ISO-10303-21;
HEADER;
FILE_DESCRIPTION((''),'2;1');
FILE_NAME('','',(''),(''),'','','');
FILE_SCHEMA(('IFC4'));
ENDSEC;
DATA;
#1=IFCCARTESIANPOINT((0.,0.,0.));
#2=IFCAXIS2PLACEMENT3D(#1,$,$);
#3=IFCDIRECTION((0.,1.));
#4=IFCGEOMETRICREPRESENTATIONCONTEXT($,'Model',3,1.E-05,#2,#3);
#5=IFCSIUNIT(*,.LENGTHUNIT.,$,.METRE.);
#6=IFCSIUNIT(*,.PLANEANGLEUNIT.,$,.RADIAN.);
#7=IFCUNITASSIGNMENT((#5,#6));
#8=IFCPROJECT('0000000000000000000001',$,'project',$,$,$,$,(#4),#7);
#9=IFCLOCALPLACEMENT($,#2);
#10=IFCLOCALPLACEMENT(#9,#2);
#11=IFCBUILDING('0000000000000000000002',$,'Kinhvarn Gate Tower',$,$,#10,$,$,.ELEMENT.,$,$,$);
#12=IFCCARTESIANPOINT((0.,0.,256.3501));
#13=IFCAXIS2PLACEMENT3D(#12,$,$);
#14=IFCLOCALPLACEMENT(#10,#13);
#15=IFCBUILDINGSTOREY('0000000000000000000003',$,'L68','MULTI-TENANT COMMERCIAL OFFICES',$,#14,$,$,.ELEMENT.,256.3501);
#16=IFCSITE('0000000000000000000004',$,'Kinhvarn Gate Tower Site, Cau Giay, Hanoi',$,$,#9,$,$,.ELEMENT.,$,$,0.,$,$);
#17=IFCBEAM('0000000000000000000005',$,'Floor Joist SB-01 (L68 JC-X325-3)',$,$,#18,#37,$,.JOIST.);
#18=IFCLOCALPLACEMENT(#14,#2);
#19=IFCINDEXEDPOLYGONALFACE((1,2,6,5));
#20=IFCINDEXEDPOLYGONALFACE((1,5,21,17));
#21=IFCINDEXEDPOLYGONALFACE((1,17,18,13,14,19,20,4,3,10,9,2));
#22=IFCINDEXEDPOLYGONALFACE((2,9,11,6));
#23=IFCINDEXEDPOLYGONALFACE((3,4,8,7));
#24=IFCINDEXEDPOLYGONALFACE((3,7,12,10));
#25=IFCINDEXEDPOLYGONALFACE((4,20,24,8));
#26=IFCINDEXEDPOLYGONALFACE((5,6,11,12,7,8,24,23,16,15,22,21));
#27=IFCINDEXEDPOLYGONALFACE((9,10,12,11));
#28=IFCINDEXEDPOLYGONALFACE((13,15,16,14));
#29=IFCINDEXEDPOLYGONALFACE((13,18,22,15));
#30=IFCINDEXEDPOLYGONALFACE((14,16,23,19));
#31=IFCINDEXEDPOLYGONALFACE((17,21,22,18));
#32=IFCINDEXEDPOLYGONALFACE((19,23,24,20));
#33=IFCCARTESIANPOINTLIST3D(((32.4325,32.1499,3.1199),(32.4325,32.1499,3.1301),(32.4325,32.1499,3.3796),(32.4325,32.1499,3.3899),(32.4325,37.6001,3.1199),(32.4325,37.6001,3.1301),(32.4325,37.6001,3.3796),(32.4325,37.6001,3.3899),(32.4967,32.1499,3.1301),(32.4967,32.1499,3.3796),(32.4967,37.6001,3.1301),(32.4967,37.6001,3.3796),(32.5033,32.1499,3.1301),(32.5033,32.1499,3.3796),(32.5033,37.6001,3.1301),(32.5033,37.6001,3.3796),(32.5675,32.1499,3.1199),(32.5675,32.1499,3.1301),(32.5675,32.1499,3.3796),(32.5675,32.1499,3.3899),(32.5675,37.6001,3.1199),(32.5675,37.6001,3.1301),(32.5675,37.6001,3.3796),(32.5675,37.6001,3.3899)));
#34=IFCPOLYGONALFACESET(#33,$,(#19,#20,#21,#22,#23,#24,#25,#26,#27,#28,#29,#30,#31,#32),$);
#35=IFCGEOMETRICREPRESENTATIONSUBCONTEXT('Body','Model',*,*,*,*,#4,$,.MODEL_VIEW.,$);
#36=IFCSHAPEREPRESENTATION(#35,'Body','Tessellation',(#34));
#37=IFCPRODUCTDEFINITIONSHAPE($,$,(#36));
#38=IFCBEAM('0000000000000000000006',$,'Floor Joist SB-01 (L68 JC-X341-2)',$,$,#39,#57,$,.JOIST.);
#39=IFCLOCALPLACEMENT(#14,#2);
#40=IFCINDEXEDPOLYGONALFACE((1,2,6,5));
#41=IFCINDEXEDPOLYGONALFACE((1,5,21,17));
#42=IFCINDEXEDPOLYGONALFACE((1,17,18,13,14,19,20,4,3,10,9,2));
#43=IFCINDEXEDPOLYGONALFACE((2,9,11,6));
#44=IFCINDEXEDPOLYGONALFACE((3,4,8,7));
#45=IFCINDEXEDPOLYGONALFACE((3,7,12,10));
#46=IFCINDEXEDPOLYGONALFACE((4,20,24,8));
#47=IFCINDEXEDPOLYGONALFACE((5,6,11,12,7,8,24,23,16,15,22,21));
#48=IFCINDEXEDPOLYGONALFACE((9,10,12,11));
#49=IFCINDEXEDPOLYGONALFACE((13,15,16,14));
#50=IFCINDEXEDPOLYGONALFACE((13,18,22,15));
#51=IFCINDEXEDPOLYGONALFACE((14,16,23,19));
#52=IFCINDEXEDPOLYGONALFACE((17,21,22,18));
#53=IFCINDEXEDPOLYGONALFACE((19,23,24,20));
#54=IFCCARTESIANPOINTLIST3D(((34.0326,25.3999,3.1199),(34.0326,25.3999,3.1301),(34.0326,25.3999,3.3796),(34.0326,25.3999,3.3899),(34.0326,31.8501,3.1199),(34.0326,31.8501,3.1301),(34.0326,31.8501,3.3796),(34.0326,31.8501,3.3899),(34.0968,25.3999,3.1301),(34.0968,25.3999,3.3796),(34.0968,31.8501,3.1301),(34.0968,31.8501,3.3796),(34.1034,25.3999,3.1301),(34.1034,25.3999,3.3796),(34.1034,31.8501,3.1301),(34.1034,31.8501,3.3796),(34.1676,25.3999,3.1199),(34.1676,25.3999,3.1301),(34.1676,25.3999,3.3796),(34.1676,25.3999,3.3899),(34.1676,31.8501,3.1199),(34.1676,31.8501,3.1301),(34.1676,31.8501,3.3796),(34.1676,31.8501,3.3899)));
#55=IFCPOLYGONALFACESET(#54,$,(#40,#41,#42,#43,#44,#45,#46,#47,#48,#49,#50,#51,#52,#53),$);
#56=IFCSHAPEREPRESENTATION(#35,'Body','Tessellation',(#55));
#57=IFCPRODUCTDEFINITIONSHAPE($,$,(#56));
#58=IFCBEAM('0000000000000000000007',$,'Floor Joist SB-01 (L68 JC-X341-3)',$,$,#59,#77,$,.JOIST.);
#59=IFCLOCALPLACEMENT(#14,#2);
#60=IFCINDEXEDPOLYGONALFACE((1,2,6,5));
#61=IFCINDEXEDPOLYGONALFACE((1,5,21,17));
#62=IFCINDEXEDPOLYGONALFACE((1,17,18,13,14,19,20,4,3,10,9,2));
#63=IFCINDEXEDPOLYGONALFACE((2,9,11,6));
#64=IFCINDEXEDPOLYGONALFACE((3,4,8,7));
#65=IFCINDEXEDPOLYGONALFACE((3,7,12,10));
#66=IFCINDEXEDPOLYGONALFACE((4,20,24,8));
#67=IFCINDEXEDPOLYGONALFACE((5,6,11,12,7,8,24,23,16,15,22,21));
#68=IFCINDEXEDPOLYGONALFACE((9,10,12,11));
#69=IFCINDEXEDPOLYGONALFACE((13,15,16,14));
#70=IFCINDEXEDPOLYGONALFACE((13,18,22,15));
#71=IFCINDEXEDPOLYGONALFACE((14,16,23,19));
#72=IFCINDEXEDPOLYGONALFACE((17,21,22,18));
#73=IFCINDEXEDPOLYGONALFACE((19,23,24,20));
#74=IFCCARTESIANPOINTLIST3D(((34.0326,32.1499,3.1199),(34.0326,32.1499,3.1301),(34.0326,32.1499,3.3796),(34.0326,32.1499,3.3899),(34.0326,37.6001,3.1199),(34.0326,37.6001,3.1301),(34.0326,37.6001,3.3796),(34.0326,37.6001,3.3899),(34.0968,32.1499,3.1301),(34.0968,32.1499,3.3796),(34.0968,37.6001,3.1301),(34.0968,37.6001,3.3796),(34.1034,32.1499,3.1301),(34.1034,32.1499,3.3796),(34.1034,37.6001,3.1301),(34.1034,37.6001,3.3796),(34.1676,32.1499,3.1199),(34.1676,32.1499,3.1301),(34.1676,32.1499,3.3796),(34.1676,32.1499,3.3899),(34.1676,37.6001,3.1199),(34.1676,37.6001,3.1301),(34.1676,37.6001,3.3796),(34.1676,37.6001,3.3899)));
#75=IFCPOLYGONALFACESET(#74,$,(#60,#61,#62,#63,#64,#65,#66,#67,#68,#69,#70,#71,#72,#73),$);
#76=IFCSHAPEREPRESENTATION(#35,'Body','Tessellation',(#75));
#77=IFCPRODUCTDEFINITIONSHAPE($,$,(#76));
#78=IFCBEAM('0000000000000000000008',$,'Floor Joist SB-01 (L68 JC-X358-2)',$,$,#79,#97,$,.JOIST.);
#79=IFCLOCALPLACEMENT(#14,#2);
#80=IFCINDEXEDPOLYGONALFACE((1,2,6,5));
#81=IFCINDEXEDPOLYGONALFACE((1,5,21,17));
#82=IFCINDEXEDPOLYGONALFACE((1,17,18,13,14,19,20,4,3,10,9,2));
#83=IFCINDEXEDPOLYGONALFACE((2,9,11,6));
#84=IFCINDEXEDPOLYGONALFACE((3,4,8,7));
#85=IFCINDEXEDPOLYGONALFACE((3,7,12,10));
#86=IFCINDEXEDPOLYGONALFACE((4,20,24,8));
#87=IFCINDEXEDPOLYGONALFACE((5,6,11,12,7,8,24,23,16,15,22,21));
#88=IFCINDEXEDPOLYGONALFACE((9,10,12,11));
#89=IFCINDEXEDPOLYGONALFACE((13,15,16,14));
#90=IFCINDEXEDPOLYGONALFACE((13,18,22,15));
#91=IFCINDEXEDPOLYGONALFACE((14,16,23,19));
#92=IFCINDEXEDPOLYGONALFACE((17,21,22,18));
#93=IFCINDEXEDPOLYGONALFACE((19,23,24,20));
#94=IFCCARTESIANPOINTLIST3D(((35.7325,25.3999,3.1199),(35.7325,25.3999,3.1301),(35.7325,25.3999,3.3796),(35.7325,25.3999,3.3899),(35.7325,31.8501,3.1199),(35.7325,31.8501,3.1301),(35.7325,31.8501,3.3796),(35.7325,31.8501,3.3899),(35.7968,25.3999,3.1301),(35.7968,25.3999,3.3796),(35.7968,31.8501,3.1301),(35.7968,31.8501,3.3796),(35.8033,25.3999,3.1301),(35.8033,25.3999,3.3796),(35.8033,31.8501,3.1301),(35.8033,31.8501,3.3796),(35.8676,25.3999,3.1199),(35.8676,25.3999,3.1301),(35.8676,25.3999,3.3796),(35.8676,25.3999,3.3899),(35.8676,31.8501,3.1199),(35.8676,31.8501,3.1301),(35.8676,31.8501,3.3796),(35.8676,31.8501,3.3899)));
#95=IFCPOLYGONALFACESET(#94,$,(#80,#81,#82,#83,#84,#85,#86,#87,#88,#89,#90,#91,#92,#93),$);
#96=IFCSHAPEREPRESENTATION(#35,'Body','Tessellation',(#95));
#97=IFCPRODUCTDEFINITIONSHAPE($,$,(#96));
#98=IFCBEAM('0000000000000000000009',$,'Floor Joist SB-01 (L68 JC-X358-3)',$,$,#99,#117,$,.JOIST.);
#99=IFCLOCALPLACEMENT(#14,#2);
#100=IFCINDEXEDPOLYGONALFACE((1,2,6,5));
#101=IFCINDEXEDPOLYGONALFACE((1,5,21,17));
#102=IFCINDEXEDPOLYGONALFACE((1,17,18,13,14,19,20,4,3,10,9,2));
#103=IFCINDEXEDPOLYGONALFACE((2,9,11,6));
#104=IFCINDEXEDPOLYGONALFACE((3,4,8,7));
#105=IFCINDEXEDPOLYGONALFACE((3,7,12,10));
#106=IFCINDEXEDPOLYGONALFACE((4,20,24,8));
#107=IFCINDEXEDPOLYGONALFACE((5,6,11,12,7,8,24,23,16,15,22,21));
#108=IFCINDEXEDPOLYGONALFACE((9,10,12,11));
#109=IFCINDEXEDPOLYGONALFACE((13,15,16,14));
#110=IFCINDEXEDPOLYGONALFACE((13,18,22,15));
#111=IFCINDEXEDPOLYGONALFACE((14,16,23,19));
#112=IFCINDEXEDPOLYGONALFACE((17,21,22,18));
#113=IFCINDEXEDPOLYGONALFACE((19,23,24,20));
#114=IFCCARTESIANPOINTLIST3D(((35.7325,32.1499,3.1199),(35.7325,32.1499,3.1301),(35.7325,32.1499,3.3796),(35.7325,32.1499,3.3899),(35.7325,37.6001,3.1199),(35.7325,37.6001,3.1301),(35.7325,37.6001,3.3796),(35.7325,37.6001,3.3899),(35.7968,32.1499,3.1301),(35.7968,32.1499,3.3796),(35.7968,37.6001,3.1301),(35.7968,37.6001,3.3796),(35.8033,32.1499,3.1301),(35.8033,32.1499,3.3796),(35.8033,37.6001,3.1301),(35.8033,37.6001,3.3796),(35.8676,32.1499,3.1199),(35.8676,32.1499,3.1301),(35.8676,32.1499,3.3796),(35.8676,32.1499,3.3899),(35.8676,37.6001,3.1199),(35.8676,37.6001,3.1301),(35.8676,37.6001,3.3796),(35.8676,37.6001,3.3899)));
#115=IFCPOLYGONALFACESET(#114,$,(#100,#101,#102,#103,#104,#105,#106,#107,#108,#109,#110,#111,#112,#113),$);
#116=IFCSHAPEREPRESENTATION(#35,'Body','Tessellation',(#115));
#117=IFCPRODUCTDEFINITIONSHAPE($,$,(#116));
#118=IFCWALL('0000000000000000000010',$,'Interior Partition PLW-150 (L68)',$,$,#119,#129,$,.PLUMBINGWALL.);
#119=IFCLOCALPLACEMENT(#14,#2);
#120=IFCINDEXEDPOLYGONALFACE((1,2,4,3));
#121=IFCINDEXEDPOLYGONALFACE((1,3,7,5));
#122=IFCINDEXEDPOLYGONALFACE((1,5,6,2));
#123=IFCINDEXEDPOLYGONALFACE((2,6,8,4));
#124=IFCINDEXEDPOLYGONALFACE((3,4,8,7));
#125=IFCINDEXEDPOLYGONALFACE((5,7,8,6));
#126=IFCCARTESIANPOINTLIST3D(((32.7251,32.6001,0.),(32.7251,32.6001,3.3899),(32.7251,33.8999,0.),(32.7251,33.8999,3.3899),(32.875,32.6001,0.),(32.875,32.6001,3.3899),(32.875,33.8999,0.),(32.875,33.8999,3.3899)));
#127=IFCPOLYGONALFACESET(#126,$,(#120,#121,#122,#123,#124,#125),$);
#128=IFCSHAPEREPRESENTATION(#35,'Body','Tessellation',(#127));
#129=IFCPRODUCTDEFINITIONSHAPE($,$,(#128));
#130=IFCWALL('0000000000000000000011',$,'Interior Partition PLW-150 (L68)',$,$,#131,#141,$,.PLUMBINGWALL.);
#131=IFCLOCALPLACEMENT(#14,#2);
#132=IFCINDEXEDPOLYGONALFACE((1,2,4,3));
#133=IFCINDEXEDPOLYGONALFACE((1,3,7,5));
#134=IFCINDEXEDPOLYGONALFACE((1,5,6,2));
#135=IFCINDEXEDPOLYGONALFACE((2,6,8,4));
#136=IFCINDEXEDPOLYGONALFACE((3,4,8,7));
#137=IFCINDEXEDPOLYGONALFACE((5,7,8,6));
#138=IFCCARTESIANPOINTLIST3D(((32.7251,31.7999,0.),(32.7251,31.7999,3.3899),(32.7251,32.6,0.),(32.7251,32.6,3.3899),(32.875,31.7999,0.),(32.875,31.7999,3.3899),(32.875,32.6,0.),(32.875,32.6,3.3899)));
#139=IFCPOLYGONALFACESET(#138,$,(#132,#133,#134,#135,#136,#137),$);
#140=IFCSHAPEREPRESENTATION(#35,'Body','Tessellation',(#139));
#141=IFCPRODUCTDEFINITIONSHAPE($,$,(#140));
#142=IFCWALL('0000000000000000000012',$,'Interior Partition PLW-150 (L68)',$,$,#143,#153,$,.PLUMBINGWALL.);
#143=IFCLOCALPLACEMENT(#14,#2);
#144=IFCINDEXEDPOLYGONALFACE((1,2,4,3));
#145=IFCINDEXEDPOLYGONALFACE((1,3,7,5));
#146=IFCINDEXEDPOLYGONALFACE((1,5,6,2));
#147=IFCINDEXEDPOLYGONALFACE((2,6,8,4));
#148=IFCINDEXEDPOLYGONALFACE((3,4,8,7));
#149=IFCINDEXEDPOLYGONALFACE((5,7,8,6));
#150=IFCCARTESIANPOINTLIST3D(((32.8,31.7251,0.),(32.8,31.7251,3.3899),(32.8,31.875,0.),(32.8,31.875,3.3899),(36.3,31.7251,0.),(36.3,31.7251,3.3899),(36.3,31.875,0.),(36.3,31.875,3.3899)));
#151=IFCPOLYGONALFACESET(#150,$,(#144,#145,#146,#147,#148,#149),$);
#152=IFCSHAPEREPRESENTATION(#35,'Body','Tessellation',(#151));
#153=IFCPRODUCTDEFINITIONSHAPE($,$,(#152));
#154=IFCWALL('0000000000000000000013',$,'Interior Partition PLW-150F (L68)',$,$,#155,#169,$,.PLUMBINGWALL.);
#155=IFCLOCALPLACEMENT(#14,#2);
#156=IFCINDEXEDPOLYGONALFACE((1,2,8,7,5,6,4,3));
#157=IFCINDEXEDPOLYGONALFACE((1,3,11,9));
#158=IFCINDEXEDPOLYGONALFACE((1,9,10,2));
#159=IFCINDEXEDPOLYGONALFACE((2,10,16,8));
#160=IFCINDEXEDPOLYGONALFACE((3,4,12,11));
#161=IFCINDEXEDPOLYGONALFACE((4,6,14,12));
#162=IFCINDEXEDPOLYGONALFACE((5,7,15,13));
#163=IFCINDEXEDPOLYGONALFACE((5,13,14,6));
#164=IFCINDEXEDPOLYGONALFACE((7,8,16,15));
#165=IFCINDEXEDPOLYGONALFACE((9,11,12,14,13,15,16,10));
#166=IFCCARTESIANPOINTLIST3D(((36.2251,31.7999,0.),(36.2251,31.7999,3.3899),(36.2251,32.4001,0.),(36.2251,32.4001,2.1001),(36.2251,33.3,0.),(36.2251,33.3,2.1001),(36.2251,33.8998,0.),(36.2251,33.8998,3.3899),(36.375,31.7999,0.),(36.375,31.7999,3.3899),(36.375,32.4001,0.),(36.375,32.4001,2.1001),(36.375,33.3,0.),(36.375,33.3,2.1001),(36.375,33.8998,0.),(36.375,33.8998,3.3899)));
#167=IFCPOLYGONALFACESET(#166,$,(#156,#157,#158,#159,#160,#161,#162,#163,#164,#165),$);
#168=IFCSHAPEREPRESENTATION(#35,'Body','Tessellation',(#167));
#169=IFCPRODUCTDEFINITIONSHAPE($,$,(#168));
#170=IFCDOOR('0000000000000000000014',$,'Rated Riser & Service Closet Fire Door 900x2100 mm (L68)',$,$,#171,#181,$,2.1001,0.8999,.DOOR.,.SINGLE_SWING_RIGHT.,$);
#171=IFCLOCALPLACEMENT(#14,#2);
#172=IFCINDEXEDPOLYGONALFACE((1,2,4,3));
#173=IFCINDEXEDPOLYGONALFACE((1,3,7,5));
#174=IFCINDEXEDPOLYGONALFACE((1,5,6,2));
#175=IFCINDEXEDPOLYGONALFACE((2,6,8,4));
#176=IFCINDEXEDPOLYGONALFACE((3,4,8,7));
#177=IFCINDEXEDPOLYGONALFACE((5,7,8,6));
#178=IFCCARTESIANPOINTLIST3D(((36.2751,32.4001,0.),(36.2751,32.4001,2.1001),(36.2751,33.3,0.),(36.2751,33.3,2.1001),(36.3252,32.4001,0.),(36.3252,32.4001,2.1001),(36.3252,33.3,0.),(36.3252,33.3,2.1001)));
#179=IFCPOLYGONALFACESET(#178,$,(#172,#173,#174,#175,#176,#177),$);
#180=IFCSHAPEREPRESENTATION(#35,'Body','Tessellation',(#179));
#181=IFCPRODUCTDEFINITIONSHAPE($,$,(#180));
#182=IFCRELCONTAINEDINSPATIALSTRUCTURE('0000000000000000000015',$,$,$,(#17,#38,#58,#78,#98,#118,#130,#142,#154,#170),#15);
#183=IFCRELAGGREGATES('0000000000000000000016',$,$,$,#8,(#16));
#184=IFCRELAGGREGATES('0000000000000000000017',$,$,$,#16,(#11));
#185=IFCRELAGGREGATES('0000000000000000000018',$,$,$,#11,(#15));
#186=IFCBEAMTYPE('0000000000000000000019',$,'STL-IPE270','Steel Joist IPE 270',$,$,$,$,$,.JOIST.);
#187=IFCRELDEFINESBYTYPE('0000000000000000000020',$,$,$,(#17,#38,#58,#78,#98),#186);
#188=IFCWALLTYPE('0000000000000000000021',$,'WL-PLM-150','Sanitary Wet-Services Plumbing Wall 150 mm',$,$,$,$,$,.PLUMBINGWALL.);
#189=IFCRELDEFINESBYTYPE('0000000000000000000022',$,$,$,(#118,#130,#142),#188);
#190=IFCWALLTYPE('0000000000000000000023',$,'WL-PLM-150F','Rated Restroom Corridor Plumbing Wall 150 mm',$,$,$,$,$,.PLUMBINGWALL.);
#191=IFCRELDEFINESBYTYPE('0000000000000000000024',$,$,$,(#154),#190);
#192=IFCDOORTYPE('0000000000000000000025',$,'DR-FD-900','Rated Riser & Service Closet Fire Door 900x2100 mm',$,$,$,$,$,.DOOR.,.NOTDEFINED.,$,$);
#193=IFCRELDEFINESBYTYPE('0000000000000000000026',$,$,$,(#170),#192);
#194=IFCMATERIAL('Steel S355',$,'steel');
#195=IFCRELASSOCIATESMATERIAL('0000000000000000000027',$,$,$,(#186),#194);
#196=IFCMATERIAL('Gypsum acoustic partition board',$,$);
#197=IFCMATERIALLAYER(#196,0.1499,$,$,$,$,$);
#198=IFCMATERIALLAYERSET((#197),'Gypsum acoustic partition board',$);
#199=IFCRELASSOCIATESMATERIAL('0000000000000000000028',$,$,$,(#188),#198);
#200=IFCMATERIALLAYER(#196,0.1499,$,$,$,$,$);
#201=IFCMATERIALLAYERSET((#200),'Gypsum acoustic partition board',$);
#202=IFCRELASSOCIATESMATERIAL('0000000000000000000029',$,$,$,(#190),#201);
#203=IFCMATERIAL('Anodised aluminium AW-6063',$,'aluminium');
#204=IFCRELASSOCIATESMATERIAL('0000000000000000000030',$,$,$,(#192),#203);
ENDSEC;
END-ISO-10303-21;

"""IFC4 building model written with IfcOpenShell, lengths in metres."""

from ifc_helpers import new_model, si_unit, direction, frame, frame_2d, origin, origin_2d, place, context, subcontext, project, spatial, rectangle, i_section, extrude, material, layer, layer_set, material_profile, profile_set, type_object, element, fill, save


model = new_model("IFC4")

# Units and contexts
model_context = context("Model", 3, precision=1e-05, world=origin(), true_north=direction((0.0, 1.0)))
body_context = subcontext(model_context, "Body", "Model", "MODEL_VIEW")
ifc_project = project(units=[si_unit("LENGTHUNIT", "METRE"), si_unit("PLANEANGLEUNIT", "RADIAN")], contexts=[model_context])

# Site, building, storey
site_placement = place(None, origin())
site = spatial("IfcSite", under=ifc_project, at=site_placement, Name="Kinhvarn Gate Tower Site, Cau Giay, Hanoi", CompositionType="ELEMENT", RefElevation=0.0)
building_placement = place(site_placement, origin())
building = spatial("IfcBuilding", under=site, at=building_placement, Name="Kinhvarn Gate Tower", CompositionType="ELEMENT")
storey_placement = place(building_placement, frame((0.0, 0.0, 256.3501)))
storey = spatial("IfcBuildingStorey", under=building, at=storey_placement, Name="L68", Description="MULTI-TENANT COMMERCIAL OFFICES", CompositionType="ELEMENT", Elevation=256.3501)

# Beams
ifc_material_1 = material(Name="Steel S355", Category="steel")
ifc_material_profile = material_profile(ifc_material_1, i_section(OverallWidth=0.135, OverallDepth=0.27, WebThickness=0.0066, FlangeThickness=0.0103, at=origin_2d()), Name="IPE 270")
ifc_profile_set = profile_set([ifc_material_profile], Name="Steel S355")
beam_type = type_object("IfcBeamType", Name="STL-IPE270", Description="Steel Joist IPE 270", PredefinedType="JOIST", material=ifc_profile_set)
beam_1_placement = place(storey_placement, frame((32.5, 32.1499, 3.2549), z_axis=(0.0, 1.0, 0.0), x_axis=(-1.0, 0.0, 0.0)))
element("IfcBeam", 1, at=beam_1_placement, inside=storey, type_object=beam_type, Name="Floor Joist SB-01 (L68 JC-X325-3)", PredefinedType="JOIST", context=body_context, shape_type="SweptSolid", body=[
    extrude(i_section(OverallWidth=0.135, OverallDepth=0.27, WebThickness=0.0066, FlangeThickness=0.0103, at=origin_2d()), origin(), (0.0, 0.0, 1.0), 5.4502),
])
beam_2_placement = place(storey_placement, frame((34.1001, 25.3999, 3.2549), z_axis=(0.0, 1.0, 0.0), x_axis=(-1.0, 0.0, 0.0)))
element("IfcBeam", 2, at=beam_2_placement, inside=storey, type_object=beam_type, Name="Floor Joist SB-01 (L68 JC-X341-2)", PredefinedType="JOIST", context=body_context, shape_type="SweptSolid", body=[
    extrude(i_section(OverallWidth=0.135, OverallDepth=0.27, WebThickness=0.0066, FlangeThickness=0.0103, at=origin_2d()), origin(), (0.0, 0.0, 1.0), 6.4502),
])
beam_3_placement = place(storey_placement, frame((34.1001, 32.1499, 3.2549), z_axis=(0.0, 1.0, 0.0), x_axis=(-1.0, 0.0, 0.0)))
element("IfcBeam", 3, at=beam_3_placement, inside=storey, type_object=beam_type, Name="Floor Joist SB-01 (L68 JC-X341-3)", PredefinedType="JOIST", context=body_context, shape_type="SweptSolid", body=[
    extrude(i_section(OverallWidth=0.135, OverallDepth=0.27, WebThickness=0.0066, FlangeThickness=0.0103, at=origin_2d()), origin(), (0.0, 0.0, 1.0), 5.4502),
])
beam_4_placement = place(storey_placement, frame((35.8, 25.3999, 3.2549), z_axis=(0.0, 1.0, 0.0), x_axis=(-1.0, 0.0, 0.0)))
element("IfcBeam", 4, at=beam_4_placement, inside=storey, type_object=beam_type, Name="Floor Joist SB-01 (L68 JC-X358-2)", PredefinedType="JOIST", context=body_context, shape_type="SweptSolid", body=[
    extrude(i_section(OverallWidth=0.135, OverallDepth=0.27, WebThickness=0.0066, FlangeThickness=0.0103, at=origin_2d()), origin(), (0.0, 0.0, 1.0), 6.4502),
])
beam_5_placement = place(storey_placement, frame((35.8, 32.1499, 3.2549), z_axis=(0.0, 1.0, 0.0), x_axis=(-1.0, 0.0, 0.0)))
element("IfcBeam", 5, at=beam_5_placement, inside=storey, type_object=beam_type, Name="Floor Joist SB-01 (L68 JC-X358-3)", PredefinedType="JOIST", context=body_context, shape_type="SweptSolid", body=[
    extrude(i_section(OverallWidth=0.135, OverallDepth=0.27, WebThickness=0.0066, FlangeThickness=0.0103, at=origin_2d()), origin(), (0.0, 0.0, 1.0), 5.4502),
])

# Walls
ifc_material_2 = material(Name="Gypsum acoustic partition board")
ifc_layer_1 = layer(ifc_material_2, 0.1499)
ifc_layer_set_1 = layer_set([ifc_layer_1], Name="Gypsum acoustic partition board")
wall_type_1 = type_object("IfcWallType", Name="WL-PLM-150", Description="Sanitary Wet-Services Plumbing Wall 150 mm", PredefinedType="PLUMBINGWALL", material=ifc_layer_set_1)
wall_1_placement = place(storey_placement, frame((32.8, 32.6001, 0.0), z_axis=(0.0, 0.0, 1.0), x_axis=(0.0, 1.0, 0.0)))
element("IfcWall", 6, at=wall_1_placement, inside=storey, type_object=wall_type_1, Name="Interior Partition PLW-150 (L68)", PredefinedType="PLUMBINGWALL", context=body_context, shape_type="SweptSolid", body=[
    extrude(rectangle(XDim=1.2998, YDim=0.1499, at=frame_2d((0.6499, 0.0))), origin(), (0.0, 0.0, 1.0), 3.3899),
])
wall_2_placement = place(storey_placement, frame((32.8, 31.8, 0.0), z_axis=(0.0, 0.0, 1.0), x_axis=(0.0, 1.0, 0.0)))
element("IfcWall", 7, at=wall_2_placement, inside=storey, type_object=wall_type_1, Name="Interior Partition PLW-150 (L68)", PredefinedType="PLUMBINGWALL", context=body_context, shape_type="SweptSolid", body=[
    extrude(rectangle(XDim=0.8, YDim=0.1499, at=frame_2d((0.3999, 0.0))), origin(), (0.0, 0.0, 1.0), 3.3899),
])
wall_3_placement = place(storey_placement, frame((32.8, 31.8, 0.0), z_axis=(0.0, 0.0, 1.0), x_axis=(1.0, 0.0, 0.0)))
element("IfcWall", 8, at=wall_3_placement, inside=storey, type_object=wall_type_1, Name="Interior Partition PLW-150 (L68)", PredefinedType="PLUMBINGWALL", context=body_context, shape_type="SweptSolid", body=[
    extrude(rectangle(XDim=3.5, YDim=0.1499, at=frame_2d((1.75, 0.0))), origin(), (0.0, 0.0, 1.0), 3.3899),
])

# Wall, opening, door
ifc_layer_2 = layer(ifc_material_2, 0.1499)
ifc_layer_set_2 = layer_set([ifc_layer_2], Name="Gypsum acoustic partition board")
wall_type_2 = type_object("IfcWallType", Name="WL-PLM-150F", Description="Rated Restroom Corridor Plumbing Wall 150 mm", PredefinedType="PLUMBINGWALL", material=ifc_layer_set_2)
wall_4_placement = place(storey_placement, frame((36.3, 31.8, 0.0), z_axis=(0.0, 0.0, 1.0), x_axis=(0.0, 1.0, 0.0)))
wall_4 = element("IfcWall", 9, at=wall_4_placement, inside=storey, type_object=wall_type_2, Name="Interior Partition PLW-150F (L68)", PredefinedType="PLUMBINGWALL", context=body_context, shape_type="SweptSolid", body=[
    extrude(rectangle(XDim=2.0999, YDim=0.1499, at=frame_2d((1.0498, 0.0))), origin(), (0.0, 0.0, 1.0), 3.3899),
])
opening_1_placement = place(wall_4_placement, frame((0.6001, 0.0, 0.0)))
opening_1 = element("IfcOpeningElement", 10, at=opening_1_placement, cuts=wall_4, PredefinedType="OPENING", context=body_context, shape_type="SweptSolid", body=[
    extrude(rectangle(XDim=0.8999, YDim=2.1001, at=frame_2d((0.45, 1.05))), frame((0.0, 0.085, 0.0), z_axis=(0.0, -1.0, 0.0), x_axis=(1.0, 0.0, 0.0)), (0.0, 0.0, 1.0), 0.1699),
])
ifc_material_3 = material(Name="Anodised aluminium AW-6063", Category="aluminium")
door_type_1 = type_object("IfcDoorType", Name="DR-FD-900", Description="Rated Riser & Service Closet Fire Door 900x2100 mm", OperationType="NOTDEFINED", PredefinedType="DOOR", material=ifc_material_3)
door_1_placement = place(opening_1_placement, origin())
door_1 = element("IfcDoor", 11, at=door_1_placement, inside=storey, type_object=door_type_1, Name="Rated Riser & Service Closet Fire Door 900x2100 mm (L68)", OperationType="SINGLE_SWING_RIGHT", OverallHeight=2.1001, OverallWidth=0.8999, PredefinedType="DOOR", context=body_context, shape_type="SweptSolid", body=[
    extrude(rectangle(XDim=0.8999, YDim=2.1001, at=frame_2d((0.45, 1.05))), frame((0.0, 0.0249, 0.0), z_axis=(0.0, -1.0, 0.0), x_axis=(1.0, 0.0, 0.0)), (0.0, 0.0, 1.0), 0.05),
])
fill(opening_1, door_1)

save(model, "model.ifc")
